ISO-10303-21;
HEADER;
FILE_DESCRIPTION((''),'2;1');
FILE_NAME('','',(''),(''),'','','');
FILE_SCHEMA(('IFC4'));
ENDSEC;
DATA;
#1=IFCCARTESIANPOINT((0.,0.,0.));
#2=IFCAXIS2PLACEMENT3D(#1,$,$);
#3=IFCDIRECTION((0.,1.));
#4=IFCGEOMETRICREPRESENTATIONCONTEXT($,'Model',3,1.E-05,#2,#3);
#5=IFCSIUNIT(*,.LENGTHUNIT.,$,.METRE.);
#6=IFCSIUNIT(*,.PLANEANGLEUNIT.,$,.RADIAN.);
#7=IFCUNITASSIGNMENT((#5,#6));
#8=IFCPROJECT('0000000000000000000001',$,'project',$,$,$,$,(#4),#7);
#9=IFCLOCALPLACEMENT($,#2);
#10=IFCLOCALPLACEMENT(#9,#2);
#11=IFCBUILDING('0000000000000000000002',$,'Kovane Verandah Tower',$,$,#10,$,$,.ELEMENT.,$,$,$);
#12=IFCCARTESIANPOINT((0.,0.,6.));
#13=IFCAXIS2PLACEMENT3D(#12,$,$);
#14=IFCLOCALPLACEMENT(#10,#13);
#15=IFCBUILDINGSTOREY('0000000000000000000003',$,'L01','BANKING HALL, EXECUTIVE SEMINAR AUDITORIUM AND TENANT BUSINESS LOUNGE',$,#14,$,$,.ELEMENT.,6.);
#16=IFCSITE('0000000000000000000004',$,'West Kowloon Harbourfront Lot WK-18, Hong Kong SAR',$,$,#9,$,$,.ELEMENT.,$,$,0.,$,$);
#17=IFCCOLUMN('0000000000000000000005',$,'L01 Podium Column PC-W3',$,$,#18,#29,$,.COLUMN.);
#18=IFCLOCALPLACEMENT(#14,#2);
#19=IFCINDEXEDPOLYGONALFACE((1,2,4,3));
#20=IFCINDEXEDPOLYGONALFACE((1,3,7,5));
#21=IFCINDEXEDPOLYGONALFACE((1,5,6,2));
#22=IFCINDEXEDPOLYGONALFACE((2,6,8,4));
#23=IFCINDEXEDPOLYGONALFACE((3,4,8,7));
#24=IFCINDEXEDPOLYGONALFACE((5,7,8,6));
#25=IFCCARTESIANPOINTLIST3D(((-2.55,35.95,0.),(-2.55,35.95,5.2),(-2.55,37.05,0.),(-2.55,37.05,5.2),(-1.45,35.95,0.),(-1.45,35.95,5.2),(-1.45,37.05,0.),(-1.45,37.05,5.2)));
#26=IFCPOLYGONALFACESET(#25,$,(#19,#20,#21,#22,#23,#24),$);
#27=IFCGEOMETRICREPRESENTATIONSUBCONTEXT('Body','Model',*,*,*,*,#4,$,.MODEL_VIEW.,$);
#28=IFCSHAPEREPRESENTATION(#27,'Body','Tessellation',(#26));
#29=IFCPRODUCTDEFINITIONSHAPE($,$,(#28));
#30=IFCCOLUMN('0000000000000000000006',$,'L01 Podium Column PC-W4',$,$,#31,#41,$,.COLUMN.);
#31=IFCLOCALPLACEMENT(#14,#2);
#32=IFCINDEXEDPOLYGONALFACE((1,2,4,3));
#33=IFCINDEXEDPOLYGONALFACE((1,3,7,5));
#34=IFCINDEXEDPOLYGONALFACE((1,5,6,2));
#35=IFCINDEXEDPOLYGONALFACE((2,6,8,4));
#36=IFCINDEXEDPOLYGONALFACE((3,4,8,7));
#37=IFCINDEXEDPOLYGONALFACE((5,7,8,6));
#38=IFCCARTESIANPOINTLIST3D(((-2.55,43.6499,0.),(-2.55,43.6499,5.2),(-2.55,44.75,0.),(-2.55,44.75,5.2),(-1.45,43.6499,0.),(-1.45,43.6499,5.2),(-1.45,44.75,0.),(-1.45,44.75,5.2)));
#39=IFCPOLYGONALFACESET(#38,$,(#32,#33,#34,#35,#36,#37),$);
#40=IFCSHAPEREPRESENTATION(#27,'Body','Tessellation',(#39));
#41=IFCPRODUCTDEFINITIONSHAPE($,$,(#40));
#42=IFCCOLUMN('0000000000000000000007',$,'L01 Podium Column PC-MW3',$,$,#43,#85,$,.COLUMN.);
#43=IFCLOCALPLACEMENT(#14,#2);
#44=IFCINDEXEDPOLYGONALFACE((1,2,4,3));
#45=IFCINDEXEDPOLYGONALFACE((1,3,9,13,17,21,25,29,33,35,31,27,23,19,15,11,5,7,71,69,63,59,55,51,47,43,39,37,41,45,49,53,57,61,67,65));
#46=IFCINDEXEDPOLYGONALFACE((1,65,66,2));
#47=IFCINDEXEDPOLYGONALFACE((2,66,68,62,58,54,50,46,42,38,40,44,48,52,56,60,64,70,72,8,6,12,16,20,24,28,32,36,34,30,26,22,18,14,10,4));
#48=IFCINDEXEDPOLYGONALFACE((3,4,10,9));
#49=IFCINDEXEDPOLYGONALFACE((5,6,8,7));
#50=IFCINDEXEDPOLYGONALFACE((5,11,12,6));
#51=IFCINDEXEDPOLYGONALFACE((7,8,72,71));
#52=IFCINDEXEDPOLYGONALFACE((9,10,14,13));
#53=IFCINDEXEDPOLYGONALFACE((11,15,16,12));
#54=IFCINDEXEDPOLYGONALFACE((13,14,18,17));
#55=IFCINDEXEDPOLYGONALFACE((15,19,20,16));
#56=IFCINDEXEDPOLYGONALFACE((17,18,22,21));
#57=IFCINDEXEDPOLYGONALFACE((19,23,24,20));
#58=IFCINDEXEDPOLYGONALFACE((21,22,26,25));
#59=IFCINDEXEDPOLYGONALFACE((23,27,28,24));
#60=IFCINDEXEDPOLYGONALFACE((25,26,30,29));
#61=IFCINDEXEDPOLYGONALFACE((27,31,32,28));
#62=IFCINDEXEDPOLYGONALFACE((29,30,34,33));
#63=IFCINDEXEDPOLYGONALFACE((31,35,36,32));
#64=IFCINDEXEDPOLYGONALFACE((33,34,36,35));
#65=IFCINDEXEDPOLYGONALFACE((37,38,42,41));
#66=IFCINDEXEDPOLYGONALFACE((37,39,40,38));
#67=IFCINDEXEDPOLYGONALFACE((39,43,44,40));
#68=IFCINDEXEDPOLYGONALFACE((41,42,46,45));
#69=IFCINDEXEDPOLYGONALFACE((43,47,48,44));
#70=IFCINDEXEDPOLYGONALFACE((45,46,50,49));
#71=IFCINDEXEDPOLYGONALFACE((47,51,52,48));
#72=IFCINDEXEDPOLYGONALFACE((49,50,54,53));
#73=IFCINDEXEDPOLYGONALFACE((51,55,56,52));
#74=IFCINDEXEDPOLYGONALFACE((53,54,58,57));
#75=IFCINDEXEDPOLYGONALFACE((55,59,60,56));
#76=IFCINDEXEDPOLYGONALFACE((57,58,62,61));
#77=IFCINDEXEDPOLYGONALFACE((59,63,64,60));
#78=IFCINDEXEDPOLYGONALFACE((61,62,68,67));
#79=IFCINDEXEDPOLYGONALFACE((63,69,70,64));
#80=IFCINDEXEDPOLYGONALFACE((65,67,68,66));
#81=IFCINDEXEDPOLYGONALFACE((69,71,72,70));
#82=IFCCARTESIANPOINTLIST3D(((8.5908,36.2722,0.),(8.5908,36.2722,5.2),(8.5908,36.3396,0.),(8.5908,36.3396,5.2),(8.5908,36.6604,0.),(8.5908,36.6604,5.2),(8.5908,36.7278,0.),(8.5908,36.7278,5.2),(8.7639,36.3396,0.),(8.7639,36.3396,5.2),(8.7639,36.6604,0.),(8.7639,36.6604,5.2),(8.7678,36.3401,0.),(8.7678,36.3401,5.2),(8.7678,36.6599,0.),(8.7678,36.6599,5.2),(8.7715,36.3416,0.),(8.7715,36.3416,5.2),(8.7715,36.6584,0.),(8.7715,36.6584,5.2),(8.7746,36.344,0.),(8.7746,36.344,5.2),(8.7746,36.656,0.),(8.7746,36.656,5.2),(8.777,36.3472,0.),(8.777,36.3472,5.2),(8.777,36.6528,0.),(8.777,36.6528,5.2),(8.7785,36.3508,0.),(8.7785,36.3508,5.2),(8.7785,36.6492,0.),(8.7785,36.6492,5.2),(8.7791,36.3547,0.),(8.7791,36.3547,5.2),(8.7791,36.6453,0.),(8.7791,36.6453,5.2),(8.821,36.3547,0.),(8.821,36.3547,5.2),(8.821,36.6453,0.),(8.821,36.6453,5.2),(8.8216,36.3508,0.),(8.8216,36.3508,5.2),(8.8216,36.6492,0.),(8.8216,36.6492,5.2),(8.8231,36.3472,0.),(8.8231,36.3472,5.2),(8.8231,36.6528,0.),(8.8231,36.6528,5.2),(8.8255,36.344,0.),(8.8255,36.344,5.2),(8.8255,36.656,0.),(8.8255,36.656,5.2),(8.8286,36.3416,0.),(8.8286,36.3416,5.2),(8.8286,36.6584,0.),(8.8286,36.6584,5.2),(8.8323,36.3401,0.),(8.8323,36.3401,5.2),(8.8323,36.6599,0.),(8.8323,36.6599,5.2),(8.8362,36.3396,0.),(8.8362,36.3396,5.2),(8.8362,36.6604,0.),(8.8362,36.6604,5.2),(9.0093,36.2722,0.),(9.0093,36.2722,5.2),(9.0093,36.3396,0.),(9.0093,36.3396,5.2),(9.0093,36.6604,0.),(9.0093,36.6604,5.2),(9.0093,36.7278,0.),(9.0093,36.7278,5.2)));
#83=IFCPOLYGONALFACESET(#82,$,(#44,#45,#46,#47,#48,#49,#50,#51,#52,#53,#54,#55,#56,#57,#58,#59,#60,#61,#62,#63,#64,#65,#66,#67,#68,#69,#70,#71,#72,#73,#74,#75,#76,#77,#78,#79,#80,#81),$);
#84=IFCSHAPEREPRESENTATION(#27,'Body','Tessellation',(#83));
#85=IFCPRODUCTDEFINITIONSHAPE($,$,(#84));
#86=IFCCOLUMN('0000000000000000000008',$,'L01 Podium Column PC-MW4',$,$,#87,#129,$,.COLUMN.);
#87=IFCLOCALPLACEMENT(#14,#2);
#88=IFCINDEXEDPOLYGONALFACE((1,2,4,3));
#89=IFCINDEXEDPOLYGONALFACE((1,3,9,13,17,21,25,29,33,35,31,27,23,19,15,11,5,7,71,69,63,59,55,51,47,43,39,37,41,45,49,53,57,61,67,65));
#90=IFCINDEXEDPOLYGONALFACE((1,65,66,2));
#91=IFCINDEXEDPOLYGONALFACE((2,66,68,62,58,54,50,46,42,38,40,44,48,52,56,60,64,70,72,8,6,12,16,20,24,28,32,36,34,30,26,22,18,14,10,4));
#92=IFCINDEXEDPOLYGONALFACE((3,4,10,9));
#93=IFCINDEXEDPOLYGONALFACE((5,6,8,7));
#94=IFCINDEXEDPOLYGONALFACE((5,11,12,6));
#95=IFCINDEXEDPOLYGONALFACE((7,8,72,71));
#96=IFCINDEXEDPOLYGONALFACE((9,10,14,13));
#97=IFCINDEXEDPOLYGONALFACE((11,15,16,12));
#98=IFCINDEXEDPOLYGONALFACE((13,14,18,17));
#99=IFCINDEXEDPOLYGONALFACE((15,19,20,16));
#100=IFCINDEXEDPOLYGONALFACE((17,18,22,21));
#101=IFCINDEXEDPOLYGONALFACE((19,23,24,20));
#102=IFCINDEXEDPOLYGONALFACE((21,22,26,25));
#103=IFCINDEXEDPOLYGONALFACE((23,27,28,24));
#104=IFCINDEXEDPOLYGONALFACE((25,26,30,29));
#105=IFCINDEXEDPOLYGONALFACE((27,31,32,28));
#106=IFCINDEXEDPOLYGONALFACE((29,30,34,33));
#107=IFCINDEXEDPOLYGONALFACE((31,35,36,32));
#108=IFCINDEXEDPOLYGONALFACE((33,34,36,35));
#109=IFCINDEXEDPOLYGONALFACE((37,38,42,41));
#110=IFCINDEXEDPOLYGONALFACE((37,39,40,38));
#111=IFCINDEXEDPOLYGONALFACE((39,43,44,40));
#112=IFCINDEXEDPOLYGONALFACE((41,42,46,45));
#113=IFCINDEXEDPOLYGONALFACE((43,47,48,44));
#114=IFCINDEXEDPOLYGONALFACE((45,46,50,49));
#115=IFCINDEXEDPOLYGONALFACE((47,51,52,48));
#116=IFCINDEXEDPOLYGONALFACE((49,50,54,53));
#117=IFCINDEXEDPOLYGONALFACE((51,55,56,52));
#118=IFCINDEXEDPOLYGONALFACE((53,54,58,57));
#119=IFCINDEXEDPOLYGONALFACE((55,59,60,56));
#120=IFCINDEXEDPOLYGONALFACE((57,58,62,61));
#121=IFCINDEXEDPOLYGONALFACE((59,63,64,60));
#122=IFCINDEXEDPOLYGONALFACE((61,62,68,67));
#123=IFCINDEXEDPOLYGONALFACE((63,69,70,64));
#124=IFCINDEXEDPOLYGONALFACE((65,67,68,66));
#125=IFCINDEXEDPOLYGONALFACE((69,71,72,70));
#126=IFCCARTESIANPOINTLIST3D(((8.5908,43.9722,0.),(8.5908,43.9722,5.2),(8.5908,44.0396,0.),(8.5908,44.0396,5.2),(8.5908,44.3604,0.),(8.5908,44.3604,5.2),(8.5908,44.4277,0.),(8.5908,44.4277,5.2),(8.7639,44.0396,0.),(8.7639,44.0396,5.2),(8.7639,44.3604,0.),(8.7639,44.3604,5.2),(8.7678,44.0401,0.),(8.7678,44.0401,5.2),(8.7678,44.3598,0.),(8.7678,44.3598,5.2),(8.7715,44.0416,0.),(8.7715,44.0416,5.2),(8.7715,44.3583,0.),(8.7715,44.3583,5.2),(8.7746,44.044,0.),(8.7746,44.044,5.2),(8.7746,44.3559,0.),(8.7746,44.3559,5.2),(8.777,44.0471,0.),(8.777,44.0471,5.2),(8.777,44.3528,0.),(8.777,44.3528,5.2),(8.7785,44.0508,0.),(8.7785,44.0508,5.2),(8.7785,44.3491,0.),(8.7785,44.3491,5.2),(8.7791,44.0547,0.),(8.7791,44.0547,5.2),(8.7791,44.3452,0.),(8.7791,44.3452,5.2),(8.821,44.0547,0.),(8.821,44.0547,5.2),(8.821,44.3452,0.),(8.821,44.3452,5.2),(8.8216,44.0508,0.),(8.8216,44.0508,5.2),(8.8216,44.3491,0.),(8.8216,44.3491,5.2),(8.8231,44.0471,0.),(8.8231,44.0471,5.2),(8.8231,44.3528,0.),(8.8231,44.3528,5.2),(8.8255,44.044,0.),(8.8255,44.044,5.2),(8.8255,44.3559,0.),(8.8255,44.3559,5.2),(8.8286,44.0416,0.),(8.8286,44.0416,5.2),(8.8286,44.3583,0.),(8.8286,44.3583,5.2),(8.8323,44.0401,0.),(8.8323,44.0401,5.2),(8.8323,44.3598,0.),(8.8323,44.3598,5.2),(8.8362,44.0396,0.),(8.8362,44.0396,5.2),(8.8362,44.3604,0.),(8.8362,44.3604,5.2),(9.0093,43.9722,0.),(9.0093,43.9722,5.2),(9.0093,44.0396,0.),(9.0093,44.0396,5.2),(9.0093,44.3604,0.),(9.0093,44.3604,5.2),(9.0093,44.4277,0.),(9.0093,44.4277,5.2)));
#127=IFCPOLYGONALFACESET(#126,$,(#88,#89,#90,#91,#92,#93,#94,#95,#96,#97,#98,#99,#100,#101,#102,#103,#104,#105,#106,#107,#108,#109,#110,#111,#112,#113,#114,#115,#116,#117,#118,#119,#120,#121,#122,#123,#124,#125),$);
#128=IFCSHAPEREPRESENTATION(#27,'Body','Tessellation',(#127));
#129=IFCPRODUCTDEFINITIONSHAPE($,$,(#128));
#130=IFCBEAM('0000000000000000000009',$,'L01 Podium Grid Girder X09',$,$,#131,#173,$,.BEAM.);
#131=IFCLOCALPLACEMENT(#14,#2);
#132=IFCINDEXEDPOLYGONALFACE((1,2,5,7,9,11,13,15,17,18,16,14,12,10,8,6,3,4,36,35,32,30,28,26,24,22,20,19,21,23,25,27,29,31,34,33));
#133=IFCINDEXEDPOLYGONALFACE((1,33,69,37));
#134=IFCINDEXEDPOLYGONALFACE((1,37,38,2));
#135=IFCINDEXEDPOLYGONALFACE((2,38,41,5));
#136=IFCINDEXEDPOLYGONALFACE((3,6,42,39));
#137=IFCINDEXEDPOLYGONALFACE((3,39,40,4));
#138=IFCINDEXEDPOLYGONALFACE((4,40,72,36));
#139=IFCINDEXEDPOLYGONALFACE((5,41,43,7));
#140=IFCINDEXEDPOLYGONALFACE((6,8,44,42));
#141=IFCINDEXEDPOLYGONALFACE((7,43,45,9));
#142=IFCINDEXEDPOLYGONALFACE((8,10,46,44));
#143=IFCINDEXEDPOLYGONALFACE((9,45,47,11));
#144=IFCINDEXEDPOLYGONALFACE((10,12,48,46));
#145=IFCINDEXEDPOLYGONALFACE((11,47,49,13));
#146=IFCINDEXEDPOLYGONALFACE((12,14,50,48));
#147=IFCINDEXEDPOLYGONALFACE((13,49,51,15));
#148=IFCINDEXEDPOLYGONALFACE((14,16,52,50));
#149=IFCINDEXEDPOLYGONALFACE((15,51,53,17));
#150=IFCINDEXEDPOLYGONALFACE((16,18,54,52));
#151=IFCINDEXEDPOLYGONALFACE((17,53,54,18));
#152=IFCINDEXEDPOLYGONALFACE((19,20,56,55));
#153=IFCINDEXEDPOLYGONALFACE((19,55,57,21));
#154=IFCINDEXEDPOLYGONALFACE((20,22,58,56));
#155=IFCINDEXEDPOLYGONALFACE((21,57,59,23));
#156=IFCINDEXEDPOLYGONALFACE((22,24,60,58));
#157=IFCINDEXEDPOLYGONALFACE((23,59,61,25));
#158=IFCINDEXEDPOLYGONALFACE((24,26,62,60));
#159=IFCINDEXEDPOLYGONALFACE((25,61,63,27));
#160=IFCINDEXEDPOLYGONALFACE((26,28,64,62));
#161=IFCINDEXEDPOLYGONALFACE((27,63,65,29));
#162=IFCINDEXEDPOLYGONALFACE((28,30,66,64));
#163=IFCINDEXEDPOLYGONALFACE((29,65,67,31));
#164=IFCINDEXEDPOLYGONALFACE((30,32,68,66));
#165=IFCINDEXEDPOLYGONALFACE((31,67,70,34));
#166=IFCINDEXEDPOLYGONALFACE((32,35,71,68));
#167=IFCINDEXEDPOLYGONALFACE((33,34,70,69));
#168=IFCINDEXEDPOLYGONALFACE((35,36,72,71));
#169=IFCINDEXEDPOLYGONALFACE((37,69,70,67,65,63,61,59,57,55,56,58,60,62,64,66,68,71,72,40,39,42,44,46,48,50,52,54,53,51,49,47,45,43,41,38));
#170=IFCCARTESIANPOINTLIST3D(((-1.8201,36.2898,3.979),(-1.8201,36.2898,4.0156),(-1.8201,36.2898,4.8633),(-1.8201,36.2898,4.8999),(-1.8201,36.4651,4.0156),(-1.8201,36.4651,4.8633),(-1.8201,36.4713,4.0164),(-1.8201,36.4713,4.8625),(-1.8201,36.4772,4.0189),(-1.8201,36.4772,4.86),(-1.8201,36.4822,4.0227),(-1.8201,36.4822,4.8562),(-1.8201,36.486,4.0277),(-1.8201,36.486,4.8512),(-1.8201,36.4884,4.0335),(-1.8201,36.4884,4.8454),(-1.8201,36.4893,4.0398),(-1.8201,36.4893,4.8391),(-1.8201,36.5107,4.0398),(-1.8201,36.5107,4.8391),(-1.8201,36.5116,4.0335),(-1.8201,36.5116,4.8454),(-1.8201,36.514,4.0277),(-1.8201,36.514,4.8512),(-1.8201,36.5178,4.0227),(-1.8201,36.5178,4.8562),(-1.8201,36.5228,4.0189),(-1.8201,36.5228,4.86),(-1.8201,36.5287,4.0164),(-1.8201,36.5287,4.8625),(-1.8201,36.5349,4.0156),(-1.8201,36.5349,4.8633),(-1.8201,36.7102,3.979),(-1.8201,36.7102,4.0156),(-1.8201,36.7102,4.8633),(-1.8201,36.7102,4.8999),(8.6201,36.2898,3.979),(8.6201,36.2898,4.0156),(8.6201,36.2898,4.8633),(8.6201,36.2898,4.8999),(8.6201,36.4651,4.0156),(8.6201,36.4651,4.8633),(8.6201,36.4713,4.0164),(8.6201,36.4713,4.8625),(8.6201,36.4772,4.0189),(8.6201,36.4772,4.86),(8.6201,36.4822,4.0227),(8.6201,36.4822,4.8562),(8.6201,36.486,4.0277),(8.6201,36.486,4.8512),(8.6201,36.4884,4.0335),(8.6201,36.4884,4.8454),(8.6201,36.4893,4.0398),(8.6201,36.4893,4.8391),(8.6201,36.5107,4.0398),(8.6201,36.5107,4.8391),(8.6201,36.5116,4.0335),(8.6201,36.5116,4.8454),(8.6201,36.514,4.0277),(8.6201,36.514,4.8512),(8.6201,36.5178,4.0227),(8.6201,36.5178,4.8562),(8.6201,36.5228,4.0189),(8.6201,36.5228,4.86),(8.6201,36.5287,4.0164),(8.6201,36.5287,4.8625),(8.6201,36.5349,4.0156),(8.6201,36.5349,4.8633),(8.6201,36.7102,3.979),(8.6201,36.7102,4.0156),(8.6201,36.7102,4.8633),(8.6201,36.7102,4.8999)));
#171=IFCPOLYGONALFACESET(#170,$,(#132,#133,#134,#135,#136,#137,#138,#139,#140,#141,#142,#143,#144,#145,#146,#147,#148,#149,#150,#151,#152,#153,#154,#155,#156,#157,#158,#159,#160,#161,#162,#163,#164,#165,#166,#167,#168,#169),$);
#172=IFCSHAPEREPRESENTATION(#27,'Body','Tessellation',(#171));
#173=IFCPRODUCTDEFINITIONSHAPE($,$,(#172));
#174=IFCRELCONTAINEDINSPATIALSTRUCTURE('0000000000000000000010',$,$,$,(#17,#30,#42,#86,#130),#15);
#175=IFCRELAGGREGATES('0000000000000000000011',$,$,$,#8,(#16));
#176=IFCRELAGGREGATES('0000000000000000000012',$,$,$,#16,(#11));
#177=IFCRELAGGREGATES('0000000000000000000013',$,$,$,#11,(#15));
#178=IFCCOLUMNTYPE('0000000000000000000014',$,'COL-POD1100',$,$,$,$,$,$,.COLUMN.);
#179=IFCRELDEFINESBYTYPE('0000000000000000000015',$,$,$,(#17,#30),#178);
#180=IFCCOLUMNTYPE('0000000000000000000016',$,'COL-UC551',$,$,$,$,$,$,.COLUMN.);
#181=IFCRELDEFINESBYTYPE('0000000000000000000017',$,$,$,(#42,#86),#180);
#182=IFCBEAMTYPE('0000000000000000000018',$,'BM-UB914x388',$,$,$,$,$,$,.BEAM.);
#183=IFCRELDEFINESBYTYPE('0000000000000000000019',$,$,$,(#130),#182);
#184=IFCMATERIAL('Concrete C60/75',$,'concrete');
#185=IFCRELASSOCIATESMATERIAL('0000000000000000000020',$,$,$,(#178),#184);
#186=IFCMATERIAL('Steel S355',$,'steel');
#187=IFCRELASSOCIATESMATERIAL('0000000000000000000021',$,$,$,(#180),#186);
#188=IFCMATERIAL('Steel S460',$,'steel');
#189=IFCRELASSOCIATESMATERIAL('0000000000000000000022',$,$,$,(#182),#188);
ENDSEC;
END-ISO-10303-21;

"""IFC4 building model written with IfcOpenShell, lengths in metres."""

from ifc_helpers import new_model, si_unit, direction, frame, origin, origin_2d, place, context, subcontext, project, spatial, rectangle, i_section, extrude, material, material_profile, profile_set, type_object, element, save


model = new_model("IFC4")

# Units and contexts
model_context = context("Model", 3, precision=1e-05, world=origin(), true_north=direction((0.0, 1.0)))
body_context = subcontext(model_context, "Body", "Model", "MODEL_VIEW")
ifc_project = project(units=[si_unit("LENGTHUNIT", "METRE"), si_unit("PLANEANGLEUNIT", "RADIAN")], contexts=[model_context])

# Site, building, storey
site_placement = place(None, origin())
site = spatial("IfcSite", under=ifc_project, at=site_placement, Name="West Kowloon Harbourfront Lot WK-18, Hong Kong SAR", CompositionType="ELEMENT", RefElevation=0.0)
building_placement = place(site_placement, origin())
building = spatial("IfcBuilding", under=site, at=building_placement, Name="Kovane Verandah Tower", CompositionType="ELEMENT")
storey_placement = place(building_placement, frame((0.0, 0.0, 6.0)))
storey = spatial("IfcBuildingStorey", under=building, at=storey_placement, Name="L01", Description="BANKING HALL, EXECUTIVE SEMINAR AUDITORIUM AND TENANT BUSINESS LOUNGE", CompositionType="ELEMENT", Elevation=6.0)

# Columns
ifc_material_1 = material(Name="Concrete C60/75", Category="concrete")
ifc_material_profile_1 = material_profile(ifc_material_1, rectangle(XDim=1.1001, YDim=1.1001, at=origin_2d()), Name="RC1100x1100")
ifc_profile_set_1 = profile_set([ifc_material_profile_1], Name="Concrete C60/75")
column_type_1 = type_object("IfcColumnType", Name="COL-POD1100", PredefinedType="COLUMN", material=ifc_profile_set_1)
for number, where, z_axis, x_axis, name in (
    (1, (-2.0, 36.5, 0.0), (0.0, 0.0, 1.0), (1.0, 0.0, 0.0), "L01 Podium Column PC-W3"),
    (2, (-2.0, 44.2, 0.0), (0.0, 0.0, 1.0), (1.0, 0.0, 0.0), "L01 Podium Column PC-W4"),
):
    element("IfcColumn", number, at=place(storey_placement, frame(where, z_axis=z_axis, x_axis=x_axis)), inside=storey, type_object=column_type_1, Name=name, PredefinedType="COLUMN", context=body_context, shape_type="SweptSolid", body=[
        extrude(rectangle(XDim=1.1001, YDim=1.1001, at=origin_2d()), origin(), (0.0, 0.0, 1.0), 5.2),
    ])
ifc_material_2 = material(Name="Steel S355", Category="steel")
ifc_material_profile_2 = material_profile(ifc_material_2, i_section(OverallWidth=0.4185, OverallDepth=0.4556, WebThickness=0.042, FlangeThickness=0.0674, FilletRadius=0.0151, at=origin_2d()), Name="UC356x406x551")
ifc_profile_set_2 = profile_set([ifc_material_profile_2], Name="Steel S355")
column_type_2 = type_object("IfcColumnType", Name="COL-UC551", PredefinedType="COLUMN", material=ifc_profile_set_2)
for number, where, z_axis, x_axis, name in (
    (3, (8.8, 36.5, 0.0), (0.0, 0.0, 1.0), (1.0, 0.0, 0.0), "L01 Podium Column PC-MW3"),
    (4, (8.8, 44.2, 0.0), (0.0, 0.0, 1.0), (1.0, 0.0, 0.0), "L01 Podium Column PC-MW4"),
):
    element("IfcColumn", number, at=place(storey_placement, frame(where, z_axis=z_axis, x_axis=x_axis)), inside=storey, type_object=column_type_2, Name=name, PredefinedType="COLUMN", context=body_context, shape_type="SweptSolid", body=[
        extrude(i_section(OverallWidth=0.4185, OverallDepth=0.4556, WebThickness=0.042, FlangeThickness=0.0674, FilletRadius=0.0151, at=origin_2d()), origin(), (0.0, 0.0, 1.0), 5.2),
    ])

# Beam
ifc_material_3 = material(Name="Steel S460", Category="steel")
ifc_material_profile_3 = material_profile(ifc_material_3, i_section(OverallWidth=0.4204, OverallDepth=0.9209, WebThickness=0.0215, FlangeThickness=0.0366, FilletRadius=0.0242, at=origin_2d()), Name="UB914x419x388")
ifc_profile_set_3 = profile_set([ifc_material_profile_3], Name="Steel S460")
beam_type = type_object("IfcBeamType", Name="BM-UB914x388", PredefinedType="BEAM", material=ifc_profile_set_3)
beam_1_placement = place(storey_placement, frame((-1.8201, 36.5, 4.4395), z_axis=(1.0, 0.0, 0.0), x_axis=(0.0, 1.0, 0.0)))
element("IfcBeam", 5, at=beam_1_placement, inside=storey, type_object=beam_type, Name="L01 Podium Grid Girder X09", PredefinedType="BEAM", context=body_context, shape_type="SweptSolid", body=[
    extrude(i_section(OverallWidth=0.4204, OverallDepth=0.9209, WebThickness=0.0215, FlangeThickness=0.0366, FilletRadius=0.0242, at=origin_2d()), origin(), (0.0, 0.0, 1.0), 10.4402),
])

save(model, "model.ifc")
